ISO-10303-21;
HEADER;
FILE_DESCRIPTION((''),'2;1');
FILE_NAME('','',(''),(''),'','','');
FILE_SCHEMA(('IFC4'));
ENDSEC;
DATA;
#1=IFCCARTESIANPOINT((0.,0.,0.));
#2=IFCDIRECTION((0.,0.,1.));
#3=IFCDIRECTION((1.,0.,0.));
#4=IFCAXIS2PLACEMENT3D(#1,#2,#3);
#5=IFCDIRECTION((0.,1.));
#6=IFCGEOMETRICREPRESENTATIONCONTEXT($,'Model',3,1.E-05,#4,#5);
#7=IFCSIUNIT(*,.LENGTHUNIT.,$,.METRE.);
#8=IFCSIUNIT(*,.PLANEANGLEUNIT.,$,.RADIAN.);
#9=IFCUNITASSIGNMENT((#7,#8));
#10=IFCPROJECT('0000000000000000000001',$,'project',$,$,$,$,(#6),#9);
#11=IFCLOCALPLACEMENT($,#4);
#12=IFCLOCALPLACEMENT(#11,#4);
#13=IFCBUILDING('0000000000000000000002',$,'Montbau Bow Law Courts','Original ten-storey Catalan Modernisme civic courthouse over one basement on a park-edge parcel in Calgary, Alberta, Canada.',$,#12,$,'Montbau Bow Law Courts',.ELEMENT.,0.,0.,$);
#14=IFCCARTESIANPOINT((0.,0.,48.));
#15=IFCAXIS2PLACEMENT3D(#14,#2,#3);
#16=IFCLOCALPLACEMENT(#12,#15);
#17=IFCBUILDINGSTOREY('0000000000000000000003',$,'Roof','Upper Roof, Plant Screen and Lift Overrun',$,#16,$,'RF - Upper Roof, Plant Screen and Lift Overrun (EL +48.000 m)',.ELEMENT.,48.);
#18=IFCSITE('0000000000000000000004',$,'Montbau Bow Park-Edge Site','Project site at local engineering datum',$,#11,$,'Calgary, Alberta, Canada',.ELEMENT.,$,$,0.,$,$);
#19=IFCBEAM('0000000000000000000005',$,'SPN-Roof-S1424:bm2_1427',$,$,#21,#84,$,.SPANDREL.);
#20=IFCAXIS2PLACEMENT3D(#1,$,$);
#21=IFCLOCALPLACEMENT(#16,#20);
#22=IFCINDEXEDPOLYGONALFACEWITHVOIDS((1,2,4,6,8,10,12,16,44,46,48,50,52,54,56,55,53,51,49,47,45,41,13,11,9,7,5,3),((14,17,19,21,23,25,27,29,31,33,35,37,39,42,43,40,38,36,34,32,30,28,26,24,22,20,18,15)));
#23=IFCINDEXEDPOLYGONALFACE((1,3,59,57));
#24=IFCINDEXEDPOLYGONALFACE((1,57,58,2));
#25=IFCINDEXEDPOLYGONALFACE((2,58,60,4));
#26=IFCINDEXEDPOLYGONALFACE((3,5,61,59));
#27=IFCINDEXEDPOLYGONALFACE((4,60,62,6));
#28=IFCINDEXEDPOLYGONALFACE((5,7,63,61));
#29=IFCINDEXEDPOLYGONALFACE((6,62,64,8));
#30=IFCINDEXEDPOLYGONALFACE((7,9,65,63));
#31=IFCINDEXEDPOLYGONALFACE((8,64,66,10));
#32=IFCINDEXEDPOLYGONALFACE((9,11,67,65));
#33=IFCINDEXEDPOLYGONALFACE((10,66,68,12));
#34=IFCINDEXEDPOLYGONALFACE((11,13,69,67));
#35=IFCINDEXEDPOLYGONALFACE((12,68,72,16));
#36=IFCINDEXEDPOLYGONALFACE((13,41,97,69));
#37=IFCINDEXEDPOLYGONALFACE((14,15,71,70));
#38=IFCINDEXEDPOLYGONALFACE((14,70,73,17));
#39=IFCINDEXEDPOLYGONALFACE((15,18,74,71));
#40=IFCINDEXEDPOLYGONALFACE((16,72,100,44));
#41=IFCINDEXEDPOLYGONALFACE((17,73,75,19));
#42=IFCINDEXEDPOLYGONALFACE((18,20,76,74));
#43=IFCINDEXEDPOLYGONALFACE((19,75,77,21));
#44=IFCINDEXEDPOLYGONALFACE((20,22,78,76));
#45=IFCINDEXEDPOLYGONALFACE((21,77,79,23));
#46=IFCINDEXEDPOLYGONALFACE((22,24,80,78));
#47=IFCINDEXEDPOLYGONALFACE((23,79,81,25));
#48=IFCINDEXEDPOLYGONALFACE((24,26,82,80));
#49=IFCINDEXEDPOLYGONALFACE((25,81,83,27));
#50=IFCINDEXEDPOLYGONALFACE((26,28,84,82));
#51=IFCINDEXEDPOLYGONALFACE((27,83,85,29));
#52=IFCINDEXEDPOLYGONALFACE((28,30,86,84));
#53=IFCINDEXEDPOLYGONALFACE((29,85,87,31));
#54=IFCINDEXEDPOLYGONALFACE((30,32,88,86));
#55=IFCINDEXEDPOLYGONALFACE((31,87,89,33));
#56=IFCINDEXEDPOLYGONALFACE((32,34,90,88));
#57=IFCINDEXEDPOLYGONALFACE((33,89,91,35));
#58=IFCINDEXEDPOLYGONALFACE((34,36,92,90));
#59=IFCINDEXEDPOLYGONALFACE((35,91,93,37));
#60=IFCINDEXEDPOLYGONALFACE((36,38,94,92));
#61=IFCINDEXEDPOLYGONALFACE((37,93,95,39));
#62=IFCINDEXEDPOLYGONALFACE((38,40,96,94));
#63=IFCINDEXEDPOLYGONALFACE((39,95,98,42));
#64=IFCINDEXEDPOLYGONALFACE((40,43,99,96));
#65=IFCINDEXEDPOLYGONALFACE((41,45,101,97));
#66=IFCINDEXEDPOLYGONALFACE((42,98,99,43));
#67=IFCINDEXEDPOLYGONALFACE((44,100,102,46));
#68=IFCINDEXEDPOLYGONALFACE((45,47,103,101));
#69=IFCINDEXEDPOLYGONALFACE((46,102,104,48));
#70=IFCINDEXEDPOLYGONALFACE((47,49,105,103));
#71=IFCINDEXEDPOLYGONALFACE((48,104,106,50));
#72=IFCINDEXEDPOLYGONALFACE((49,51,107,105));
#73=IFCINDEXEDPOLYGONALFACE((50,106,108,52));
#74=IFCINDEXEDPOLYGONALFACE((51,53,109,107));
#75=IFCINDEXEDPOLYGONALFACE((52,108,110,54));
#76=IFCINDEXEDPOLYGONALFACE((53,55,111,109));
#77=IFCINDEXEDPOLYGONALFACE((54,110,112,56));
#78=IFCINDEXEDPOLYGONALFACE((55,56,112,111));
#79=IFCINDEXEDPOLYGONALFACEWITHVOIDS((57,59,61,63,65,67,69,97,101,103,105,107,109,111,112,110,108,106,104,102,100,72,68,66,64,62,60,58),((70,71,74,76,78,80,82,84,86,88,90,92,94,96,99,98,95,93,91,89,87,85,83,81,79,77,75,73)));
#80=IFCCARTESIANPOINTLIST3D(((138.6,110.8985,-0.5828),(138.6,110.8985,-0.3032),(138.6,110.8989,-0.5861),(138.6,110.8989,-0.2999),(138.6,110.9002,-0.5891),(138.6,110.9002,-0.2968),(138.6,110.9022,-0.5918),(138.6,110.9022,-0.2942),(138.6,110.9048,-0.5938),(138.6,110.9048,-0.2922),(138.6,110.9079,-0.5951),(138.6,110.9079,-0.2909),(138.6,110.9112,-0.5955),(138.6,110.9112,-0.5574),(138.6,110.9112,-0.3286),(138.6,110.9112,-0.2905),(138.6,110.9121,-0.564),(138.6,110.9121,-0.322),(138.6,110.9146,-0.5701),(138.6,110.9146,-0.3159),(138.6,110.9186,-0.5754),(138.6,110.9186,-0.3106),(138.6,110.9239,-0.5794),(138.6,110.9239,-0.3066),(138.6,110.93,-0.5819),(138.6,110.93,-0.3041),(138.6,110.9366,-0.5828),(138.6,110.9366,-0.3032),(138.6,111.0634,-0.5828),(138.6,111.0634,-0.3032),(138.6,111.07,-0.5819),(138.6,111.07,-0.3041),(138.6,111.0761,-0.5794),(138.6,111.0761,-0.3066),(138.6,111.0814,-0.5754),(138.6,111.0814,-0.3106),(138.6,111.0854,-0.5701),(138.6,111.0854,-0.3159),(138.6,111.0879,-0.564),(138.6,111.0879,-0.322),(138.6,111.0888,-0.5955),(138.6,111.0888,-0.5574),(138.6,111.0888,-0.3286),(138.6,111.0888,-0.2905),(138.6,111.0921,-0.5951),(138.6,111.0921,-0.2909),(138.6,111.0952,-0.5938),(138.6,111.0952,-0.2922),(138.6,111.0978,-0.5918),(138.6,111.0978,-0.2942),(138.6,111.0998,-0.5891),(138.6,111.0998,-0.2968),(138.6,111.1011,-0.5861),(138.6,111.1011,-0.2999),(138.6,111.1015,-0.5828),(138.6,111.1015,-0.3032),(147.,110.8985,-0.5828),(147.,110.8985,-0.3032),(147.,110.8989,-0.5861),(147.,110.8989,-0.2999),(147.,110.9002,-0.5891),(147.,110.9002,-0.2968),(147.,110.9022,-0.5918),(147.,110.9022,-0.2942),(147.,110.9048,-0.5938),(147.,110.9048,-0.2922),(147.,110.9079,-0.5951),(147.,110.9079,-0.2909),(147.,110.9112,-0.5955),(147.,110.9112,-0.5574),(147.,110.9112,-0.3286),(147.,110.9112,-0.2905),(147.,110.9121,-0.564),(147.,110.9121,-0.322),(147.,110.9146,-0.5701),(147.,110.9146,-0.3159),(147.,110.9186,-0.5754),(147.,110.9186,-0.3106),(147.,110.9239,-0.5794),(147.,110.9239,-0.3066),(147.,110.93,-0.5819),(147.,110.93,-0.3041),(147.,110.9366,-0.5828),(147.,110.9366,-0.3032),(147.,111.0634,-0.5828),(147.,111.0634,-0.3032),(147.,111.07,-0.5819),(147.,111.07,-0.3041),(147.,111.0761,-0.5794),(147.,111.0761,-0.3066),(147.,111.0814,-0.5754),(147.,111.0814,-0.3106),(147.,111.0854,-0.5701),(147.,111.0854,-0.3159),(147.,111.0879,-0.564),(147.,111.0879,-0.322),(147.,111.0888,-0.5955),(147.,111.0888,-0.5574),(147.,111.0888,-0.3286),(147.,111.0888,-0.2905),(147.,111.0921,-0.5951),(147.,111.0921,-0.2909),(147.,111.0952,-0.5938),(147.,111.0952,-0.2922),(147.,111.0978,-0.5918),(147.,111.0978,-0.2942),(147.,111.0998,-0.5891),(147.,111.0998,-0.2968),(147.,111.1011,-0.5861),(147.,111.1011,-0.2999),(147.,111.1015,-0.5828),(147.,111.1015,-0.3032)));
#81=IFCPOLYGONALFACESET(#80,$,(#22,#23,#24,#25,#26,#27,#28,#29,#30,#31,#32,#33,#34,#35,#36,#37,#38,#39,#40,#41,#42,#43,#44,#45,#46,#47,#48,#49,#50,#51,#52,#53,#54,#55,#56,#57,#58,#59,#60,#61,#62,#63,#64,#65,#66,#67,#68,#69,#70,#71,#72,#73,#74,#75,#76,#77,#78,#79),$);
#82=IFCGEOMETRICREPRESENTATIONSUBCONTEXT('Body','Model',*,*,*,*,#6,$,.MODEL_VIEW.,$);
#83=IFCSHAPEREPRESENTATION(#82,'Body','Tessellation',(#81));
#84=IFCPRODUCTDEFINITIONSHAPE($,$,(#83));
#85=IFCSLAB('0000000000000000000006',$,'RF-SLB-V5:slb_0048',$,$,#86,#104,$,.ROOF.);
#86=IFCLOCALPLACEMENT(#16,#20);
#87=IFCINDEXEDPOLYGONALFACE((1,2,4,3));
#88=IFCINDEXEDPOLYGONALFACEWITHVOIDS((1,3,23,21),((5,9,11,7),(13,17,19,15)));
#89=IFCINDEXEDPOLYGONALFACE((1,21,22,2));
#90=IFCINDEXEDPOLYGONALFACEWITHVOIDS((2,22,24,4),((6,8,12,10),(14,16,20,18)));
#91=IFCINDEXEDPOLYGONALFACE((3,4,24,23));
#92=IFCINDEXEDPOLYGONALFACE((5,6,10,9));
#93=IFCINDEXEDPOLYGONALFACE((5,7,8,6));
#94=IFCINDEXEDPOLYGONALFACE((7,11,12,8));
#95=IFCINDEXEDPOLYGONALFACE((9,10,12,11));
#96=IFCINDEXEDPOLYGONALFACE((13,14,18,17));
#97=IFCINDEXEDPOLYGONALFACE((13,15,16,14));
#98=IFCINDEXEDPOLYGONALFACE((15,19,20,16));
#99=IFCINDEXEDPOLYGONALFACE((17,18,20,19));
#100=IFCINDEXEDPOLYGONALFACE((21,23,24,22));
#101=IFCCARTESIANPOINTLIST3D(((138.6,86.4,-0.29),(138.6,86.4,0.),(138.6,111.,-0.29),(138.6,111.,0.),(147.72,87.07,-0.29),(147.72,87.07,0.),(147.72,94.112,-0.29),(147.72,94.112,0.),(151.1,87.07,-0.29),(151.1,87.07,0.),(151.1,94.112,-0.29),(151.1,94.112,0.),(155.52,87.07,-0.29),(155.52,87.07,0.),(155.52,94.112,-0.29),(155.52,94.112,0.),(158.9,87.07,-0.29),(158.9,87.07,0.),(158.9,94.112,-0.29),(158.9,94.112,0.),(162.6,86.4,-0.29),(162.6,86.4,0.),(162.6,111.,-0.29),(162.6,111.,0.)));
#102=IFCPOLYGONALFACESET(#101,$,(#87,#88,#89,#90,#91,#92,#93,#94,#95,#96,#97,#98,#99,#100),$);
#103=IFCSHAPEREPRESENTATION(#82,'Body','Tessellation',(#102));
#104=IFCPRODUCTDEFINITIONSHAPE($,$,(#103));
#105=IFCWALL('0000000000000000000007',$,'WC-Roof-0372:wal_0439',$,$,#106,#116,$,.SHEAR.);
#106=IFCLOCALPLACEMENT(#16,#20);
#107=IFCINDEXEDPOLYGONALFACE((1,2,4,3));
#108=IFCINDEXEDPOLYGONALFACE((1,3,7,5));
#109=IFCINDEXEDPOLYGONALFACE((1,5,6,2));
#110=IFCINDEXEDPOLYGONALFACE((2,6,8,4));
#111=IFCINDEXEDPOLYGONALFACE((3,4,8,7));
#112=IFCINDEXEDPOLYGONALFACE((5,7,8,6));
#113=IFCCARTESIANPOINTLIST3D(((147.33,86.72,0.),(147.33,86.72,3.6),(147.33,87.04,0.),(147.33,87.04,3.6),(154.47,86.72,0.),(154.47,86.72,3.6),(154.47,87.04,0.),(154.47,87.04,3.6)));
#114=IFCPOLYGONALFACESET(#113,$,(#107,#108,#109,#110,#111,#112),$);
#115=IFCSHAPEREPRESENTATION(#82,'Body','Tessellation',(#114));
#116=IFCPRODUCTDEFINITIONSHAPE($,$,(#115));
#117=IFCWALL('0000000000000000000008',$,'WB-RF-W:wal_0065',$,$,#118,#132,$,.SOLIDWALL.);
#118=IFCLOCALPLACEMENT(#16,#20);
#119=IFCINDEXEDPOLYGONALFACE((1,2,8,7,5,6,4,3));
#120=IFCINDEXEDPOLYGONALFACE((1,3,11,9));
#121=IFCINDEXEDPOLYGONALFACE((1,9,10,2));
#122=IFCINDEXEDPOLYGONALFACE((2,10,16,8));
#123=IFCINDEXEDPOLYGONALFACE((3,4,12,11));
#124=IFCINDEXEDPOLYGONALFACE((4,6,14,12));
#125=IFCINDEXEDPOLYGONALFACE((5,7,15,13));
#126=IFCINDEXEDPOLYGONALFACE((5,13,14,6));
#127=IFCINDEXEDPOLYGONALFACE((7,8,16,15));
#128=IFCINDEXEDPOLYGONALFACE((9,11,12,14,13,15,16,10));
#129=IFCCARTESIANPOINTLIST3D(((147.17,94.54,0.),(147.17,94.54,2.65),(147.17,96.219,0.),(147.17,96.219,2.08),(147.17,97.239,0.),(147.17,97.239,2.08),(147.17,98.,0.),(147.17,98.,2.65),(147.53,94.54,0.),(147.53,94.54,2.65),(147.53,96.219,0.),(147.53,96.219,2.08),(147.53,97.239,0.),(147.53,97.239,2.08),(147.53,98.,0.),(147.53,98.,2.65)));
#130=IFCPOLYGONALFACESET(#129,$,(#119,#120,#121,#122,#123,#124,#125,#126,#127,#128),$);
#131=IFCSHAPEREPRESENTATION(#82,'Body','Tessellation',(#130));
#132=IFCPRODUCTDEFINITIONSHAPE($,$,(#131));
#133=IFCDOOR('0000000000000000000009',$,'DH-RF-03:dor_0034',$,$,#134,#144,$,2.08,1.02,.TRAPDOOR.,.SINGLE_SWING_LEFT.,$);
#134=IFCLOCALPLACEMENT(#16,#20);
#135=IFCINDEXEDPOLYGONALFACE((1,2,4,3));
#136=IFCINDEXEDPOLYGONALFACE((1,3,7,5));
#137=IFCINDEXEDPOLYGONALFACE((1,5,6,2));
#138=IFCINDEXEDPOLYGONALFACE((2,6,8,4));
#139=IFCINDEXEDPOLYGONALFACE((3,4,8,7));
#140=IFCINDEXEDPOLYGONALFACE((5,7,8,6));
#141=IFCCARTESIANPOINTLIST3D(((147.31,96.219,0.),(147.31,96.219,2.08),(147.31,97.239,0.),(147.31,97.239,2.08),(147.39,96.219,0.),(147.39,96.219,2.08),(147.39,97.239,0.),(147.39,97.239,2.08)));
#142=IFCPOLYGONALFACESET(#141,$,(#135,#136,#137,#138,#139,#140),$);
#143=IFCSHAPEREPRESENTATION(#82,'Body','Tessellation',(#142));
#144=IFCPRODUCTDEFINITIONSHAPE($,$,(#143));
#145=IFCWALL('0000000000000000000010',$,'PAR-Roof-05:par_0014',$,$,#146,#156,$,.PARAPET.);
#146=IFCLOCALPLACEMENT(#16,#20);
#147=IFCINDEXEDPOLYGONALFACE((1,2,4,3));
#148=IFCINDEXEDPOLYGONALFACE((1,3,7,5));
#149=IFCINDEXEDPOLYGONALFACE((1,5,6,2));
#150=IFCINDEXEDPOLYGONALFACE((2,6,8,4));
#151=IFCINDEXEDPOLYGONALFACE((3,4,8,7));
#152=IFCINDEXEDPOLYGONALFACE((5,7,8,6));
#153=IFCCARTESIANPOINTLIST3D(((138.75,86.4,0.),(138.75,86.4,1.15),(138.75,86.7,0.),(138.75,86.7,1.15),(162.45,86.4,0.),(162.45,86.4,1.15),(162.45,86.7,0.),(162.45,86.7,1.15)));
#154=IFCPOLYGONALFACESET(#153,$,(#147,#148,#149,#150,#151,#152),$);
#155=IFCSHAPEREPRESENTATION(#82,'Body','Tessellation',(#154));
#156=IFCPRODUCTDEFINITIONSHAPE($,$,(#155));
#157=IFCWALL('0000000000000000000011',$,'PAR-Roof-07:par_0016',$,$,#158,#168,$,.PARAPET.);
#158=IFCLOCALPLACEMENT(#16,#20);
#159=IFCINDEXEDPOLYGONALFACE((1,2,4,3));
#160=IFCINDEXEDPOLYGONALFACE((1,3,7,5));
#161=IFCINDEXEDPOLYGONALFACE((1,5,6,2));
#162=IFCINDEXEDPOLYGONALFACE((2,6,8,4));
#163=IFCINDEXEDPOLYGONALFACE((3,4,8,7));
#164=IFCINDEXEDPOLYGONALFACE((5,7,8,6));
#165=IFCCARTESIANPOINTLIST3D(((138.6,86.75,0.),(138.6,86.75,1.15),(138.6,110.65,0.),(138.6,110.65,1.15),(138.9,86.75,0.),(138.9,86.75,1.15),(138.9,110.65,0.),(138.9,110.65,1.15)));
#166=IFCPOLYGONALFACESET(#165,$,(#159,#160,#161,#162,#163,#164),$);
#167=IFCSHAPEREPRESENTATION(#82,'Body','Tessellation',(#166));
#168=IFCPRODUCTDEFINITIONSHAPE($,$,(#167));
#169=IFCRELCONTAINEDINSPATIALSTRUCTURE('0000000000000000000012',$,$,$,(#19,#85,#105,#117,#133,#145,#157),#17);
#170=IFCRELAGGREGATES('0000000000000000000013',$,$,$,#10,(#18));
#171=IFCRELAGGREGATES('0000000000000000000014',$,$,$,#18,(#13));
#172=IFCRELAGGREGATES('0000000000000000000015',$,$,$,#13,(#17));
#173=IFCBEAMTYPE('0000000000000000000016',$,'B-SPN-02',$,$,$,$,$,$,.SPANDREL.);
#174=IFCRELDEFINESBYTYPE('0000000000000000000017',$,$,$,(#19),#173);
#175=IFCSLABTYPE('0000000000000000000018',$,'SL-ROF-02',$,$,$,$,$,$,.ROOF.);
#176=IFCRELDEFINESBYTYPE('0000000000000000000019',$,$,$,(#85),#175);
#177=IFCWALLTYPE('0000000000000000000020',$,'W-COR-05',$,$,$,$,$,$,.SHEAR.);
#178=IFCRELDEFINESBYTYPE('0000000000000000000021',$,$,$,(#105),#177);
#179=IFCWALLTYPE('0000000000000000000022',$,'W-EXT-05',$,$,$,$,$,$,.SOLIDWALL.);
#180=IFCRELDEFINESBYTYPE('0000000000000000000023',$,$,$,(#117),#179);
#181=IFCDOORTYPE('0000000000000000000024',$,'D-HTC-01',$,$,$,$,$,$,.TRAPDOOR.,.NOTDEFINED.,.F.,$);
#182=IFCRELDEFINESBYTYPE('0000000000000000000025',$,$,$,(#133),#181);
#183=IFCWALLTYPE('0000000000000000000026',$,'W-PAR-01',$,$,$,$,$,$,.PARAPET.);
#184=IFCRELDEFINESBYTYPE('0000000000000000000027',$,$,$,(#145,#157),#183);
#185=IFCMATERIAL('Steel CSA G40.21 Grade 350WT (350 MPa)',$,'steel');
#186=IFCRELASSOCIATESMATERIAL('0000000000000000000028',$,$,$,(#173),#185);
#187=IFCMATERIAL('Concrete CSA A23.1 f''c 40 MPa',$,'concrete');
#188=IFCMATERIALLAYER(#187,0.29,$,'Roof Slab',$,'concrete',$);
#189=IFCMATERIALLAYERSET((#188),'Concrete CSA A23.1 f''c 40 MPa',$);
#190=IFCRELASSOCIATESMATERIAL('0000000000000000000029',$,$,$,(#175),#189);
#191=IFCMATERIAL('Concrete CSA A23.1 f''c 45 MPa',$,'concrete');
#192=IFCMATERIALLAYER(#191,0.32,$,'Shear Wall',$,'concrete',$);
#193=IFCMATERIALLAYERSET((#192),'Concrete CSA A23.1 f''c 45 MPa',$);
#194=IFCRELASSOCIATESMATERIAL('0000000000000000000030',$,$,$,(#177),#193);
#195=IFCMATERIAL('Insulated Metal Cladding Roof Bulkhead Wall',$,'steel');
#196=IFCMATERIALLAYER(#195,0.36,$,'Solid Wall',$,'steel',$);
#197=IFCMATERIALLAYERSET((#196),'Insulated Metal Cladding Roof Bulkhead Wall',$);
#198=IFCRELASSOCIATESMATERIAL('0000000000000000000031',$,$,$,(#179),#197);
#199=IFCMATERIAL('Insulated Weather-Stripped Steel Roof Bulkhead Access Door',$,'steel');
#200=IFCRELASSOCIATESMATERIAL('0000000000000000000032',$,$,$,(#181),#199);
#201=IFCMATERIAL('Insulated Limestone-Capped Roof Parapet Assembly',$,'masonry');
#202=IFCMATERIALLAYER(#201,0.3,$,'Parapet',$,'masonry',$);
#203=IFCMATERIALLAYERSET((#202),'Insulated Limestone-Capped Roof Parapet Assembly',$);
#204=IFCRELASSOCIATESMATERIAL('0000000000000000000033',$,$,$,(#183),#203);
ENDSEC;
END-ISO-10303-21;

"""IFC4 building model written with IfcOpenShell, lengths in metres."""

from ifc_helpers import new_model, si_unit, direction, frame, frame_2d, origin_with_axes, origin_2d_with_axis, place, context, subcontext, project, spatial, polyline, rectangle, hollow_rectangle, outline, extrude, material, layer, layer_set, material_profile, profile_set, type_object, element, fill, save


model = new_model("IFC4")

# Units and contexts
model_context = context("Model", 3, precision=1e-05, world=origin_with_axes(), true_north=direction((0.0, 1.0)))
body_context = subcontext(model_context, "Body", "Model", "MODEL_VIEW")
ifc_project = project(units=[si_unit("LENGTHUNIT", "METRE"), si_unit("PLANEANGLEUNIT", "RADIAN")], contexts=[model_context])

# Site, building, storey
site_placement = place(None, origin_with_axes())
site = spatial("IfcSite", under=ifc_project, at=site_placement, Name="Montbau Bow Park-Edge Site", Description="Project site at local engineering datum", LongName="Calgary, Alberta, Canada", CompositionType="ELEMENT", RefElevation=0.0)
building_placement = place(site_placement, origin_with_axes())
building = spatial("IfcBuilding", under=site, at=building_placement, Name="Montbau Bow Law Courts", Description="Original ten-storey Catalan Modernisme civic courthouse over one basement on a park-edge parcel in Calgary, Alberta, Canada.", LongName="Montbau Bow Law Courts", CompositionType="ELEMENT", ElevationOfRefHeight=0.0, ElevationOfTerrain=0.0)
storey_placement = place(building_placement, frame((0.0, 0.0, 48.0), z_axis=(0.0, 0.0, 1.0), x_axis=(1.0, 0.0, 0.0)))
storey = spatial("IfcBuildingStorey", under=building, at=storey_placement, Name="Roof", Description="Upper Roof, Plant Screen and Lift Overrun", LongName="RF - Upper Roof, Plant Screen and Lift Overrun (EL +48.000 m)", CompositionType="ELEMENT", Elevation=48.0)

# Beam
ifc_material_1 = material(Name="Steel CSA G40.21 Grade 350WT (350 MPa)", Category="steel")
ifc_material_profile_1 = material_profile(ifc_material_1, hollow_rectangle(XDim=0.203, YDim=0.305, WallThickness=0.0127, InnerFilletRadius=0.0254, OuterFilletRadius=0.0127, at=origin_2d_with_axis()), Name="HSS305X203X13", Category="Main", Priority=0)
ifc_profile_set_1 = profile_set([ifc_material_profile_1], Name="Steel CSA G40.21 Grade 350WT (350 MPa)")
beam_type_1 = type_object("IfcBeamType", Name="B-SPN-02", PredefinedType="SPANDREL", material=ifc_profile_set_1)
beam_1_placement = place(None, frame((138.6, 111.0, 47.557), z_axis=(1.0, 0.0, 0.0), x_axis=(0.0, 1.0, 0.0)))
element("IfcBeam", 1, at=beam_1_placement, inside=storey, type_object=beam_type_1, Name="SPN-Roof-S1424:bm2_1427", PredefinedType="SPANDREL", context=body_context, shape_type="SweptSolid", body=[
    extrude(hollow_rectangle(XDim=0.203, YDim=0.305, WallThickness=0.0127, InnerFilletRadius=0.0254, OuterFilletRadius=0.0127, at=origin_2d_with_axis()), origin_with_axes(), (0.0, 0.0, 1.0), 8.4),
])

# Slab
ifc_material_2 = material(Name="Concrete CSA A23.1 f'c 40 MPa", Category="concrete")
ifc_layer_1 = layer(ifc_material_2, 0.29, Name="Roof Slab", Category="concrete")
ifc_layer_set_1 = layer_set([ifc_layer_1], Name="Concrete CSA A23.1 f'c 40 MPa")
slab_type_1 = type_object("IfcSlabType", Name="SL-ROF-02", PredefinedType="ROOF", material=ifc_layer_set_1)
slab_1_placement = place(None, frame((0.0, 0.0, 47.71), z_axis=(0.0, 0.0, 1.0), x_axis=(1.0, 0.0, 0.0)))
element("IfcSlab", 2, at=slab_1_placement, inside=storey, type_object=slab_type_1, Name="RF-SLB-V5:slb_0048", PredefinedType="ROOF", context=body_context, shape_type="SweptSolid", body=[
    extrude(outline(polyline([(138.6, 86.4), (162.6, 86.4), (162.6, 111.0), (138.6, 111.0), (138.6, 86.4)]), holes=[polyline([(147.72, 87.07), (151.1, 87.07), (151.1, 94.112), (147.72, 94.112), (147.72, 87.07)]), polyline([(155.52, 87.07), (158.9, 87.07), (158.9, 94.112), (155.52, 94.112), (155.52, 87.07)])]), origin_with_axes(), (0.0, 0.0, 1.0), 0.29),
])

# Wall
ifc_material_3 = material(Name="Concrete CSA A23.1 f'c 45 MPa", Category="concrete")
ifc_layer_2 = layer(ifc_material_3, 0.32, Name="Shear Wall", Category="concrete")
ifc_layer_set_2 = layer_set([ifc_layer_2], Name="Concrete CSA A23.1 f'c 45 MPa")
wall_type_1 = type_object("IfcWallType", Name="W-COR-05", PredefinedType="SHEAR", material=ifc_layer_set_2)
wall_1_placement = place(None, frame((147.33, 86.88, 48.0), z_axis=(0.0, 0.0, 1.0), x_axis=(1.0, 0.0, 0.0)))
element("IfcWall", 3, at=wall_1_placement, inside=storey, type_object=wall_type_1, Name="WC-Roof-0372:wal_0439", PredefinedType="SHEAR", context=body_context, shape_type="SweptSolid", body=[
    extrude(rectangle(XDim=7.14, YDim=0.32, at=frame_2d((3.57, 0.0), x_axis=(1.0, 0.0))), origin_with_axes(), (0.0, 0.0, 1.0), 3.6),
])

# Wall, opening, door
ifc_material_4 = material(Name="Insulated Metal Cladding Roof Bulkhead Wall", Category="steel")
ifc_layer_3 = layer(ifc_material_4, 0.36, Name="Solid Wall", Category="steel")
ifc_layer_set_3 = layer_set([ifc_layer_3], Name="Insulated Metal Cladding Roof Bulkhead Wall")
wall_type_2 = type_object("IfcWallType", Name="W-EXT-05", PredefinedType="SOLIDWALL", material=ifc_layer_set_3)
wall_2_placement = place(None, frame((147.35, 98.0, 48.0), z_axis=(0.0, 0.0, 1.0), x_axis=(0.0, -1.0, 0.0)))
wall_2 = element("IfcWall", 4, at=wall_2_placement, inside=storey, type_object=wall_type_2, Name="WB-RF-W:wal_0065", PredefinedType="SOLIDWALL", context=body_context, shape_type="SweptSolid", body=[
    extrude(rectangle(XDim=3.46, YDim=0.36, at=frame_2d((1.73, 0.0), x_axis=(1.0, 0.0))), origin_with_axes(), (0.0, 0.0, 1.0), 2.65),
])
opening_placement = place(None, frame((147.35, 96.729, 48.0), z_axis=(0.0, 0.0, 1.0), x_axis=(0.0, -1.0, 0.0)))
opening = element("IfcOpeningElement", 5, at=opening_placement, cuts=wall_2, PredefinedType="OPENING", context=body_context, shape_type="SweptSolid", body=[
    extrude(rectangle(XDim=1.02, YDim=2.08, at=frame_2d((0.0, 1.04), x_axis=(1.0, 0.0))), frame((0.0, 0.19, 0.0), z_axis=(0.0, -1.0, 0.0), x_axis=(1.0, 0.0, 0.0)), (0.0, 0.0, 1.0), 0.38),
])
ifc_material_5 = material(Name="Insulated Weather-Stripped Steel Roof Bulkhead Access Door", Category="steel")
door_type = type_object("IfcDoorType", Name="D-HTC-01", OperationType="NOTDEFINED", ParameterTakesPrecedence=False, PredefinedType="TRAPDOOR", material=ifc_material_5)
door_placement = place(None, frame((147.35, 96.729, 48.0), z_axis=(0.0, 0.0, 1.0), x_axis=(0.0, -1.0, 0.0)))
door = element("IfcDoor", 6, at=door_placement, inside=storey, type_object=door_type, Name="DH-RF-03:dor_0034", OperationType="SINGLE_SWING_LEFT", OverallHeight=2.08, OverallWidth=1.02, PredefinedType="TRAPDOOR", context=body_context, shape_type="SweptSolid", body=[
    extrude(rectangle(XDim=1.02, YDim=2.08, at=frame_2d((0.0, 1.04), x_axis=(1.0, 0.0))), frame((0.0, 0.04, 0.0), z_axis=(0.0, -1.0, 0.0), x_axis=(1.0, 0.0, 0.0)), (0.0, 0.0, 1.0), 0.08),
])
fill(opening, door)

# Walls
ifc_material_6 = material(Name="Insulated Limestone-Capped Roof Parapet Assembly", Category="masonry")
ifc_layer_4 = layer(ifc_material_6, 0.3, Name="Parapet", Category="masonry")
ifc_layer_set_4 = layer_set([ifc_layer_4], Name="Insulated Limestone-Capped Roof Parapet Assembly")
wall_type_3 = type_object("IfcWallType", Name="W-PAR-01", PredefinedType="PARAPET", material=ifc_layer_set_4)
wall_3_placement = place(None, frame((138.75, 86.55, 48.0), z_axis=(0.0, 0.0, 1.0), x_axis=(1.0, 0.0, 0.0)))
element("IfcWall", 7, at=wall_3_placement, inside=storey, type_object=wall_type_3, Name="PAR-Roof-05:par_0014", PredefinedType="PARAPET", context=body_context, shape_type="SweptSolid", body=[
    extrude(rectangle(XDim=23.7, YDim=0.3, at=frame_2d((11.85, 0.0), x_axis=(1.0, 0.0))), origin_with_axes(), (0.0, 0.0, 1.0), 1.15),
])
wall_4_placement = place(None, frame((138.75, 110.65, 48.0), z_axis=(0.0, 0.0, 1.0), x_axis=(0.0, -1.0, 0.0)))
element("IfcWall", 8, at=wall_4_placement, inside=storey, type_object=wall_type_3, Name="PAR-Roof-07:par_0016", PredefinedType="PARAPET", context=body_context, shape_type="SweptSolid", body=[
    extrude(rectangle(XDim=23.9, YDim=0.3, at=frame_2d((11.95, 0.0), x_axis=(1.0, 0.0))), origin_with_axes(), (0.0, 0.0, 1.0), 1.15),
])

save(model, "model.ifc")
